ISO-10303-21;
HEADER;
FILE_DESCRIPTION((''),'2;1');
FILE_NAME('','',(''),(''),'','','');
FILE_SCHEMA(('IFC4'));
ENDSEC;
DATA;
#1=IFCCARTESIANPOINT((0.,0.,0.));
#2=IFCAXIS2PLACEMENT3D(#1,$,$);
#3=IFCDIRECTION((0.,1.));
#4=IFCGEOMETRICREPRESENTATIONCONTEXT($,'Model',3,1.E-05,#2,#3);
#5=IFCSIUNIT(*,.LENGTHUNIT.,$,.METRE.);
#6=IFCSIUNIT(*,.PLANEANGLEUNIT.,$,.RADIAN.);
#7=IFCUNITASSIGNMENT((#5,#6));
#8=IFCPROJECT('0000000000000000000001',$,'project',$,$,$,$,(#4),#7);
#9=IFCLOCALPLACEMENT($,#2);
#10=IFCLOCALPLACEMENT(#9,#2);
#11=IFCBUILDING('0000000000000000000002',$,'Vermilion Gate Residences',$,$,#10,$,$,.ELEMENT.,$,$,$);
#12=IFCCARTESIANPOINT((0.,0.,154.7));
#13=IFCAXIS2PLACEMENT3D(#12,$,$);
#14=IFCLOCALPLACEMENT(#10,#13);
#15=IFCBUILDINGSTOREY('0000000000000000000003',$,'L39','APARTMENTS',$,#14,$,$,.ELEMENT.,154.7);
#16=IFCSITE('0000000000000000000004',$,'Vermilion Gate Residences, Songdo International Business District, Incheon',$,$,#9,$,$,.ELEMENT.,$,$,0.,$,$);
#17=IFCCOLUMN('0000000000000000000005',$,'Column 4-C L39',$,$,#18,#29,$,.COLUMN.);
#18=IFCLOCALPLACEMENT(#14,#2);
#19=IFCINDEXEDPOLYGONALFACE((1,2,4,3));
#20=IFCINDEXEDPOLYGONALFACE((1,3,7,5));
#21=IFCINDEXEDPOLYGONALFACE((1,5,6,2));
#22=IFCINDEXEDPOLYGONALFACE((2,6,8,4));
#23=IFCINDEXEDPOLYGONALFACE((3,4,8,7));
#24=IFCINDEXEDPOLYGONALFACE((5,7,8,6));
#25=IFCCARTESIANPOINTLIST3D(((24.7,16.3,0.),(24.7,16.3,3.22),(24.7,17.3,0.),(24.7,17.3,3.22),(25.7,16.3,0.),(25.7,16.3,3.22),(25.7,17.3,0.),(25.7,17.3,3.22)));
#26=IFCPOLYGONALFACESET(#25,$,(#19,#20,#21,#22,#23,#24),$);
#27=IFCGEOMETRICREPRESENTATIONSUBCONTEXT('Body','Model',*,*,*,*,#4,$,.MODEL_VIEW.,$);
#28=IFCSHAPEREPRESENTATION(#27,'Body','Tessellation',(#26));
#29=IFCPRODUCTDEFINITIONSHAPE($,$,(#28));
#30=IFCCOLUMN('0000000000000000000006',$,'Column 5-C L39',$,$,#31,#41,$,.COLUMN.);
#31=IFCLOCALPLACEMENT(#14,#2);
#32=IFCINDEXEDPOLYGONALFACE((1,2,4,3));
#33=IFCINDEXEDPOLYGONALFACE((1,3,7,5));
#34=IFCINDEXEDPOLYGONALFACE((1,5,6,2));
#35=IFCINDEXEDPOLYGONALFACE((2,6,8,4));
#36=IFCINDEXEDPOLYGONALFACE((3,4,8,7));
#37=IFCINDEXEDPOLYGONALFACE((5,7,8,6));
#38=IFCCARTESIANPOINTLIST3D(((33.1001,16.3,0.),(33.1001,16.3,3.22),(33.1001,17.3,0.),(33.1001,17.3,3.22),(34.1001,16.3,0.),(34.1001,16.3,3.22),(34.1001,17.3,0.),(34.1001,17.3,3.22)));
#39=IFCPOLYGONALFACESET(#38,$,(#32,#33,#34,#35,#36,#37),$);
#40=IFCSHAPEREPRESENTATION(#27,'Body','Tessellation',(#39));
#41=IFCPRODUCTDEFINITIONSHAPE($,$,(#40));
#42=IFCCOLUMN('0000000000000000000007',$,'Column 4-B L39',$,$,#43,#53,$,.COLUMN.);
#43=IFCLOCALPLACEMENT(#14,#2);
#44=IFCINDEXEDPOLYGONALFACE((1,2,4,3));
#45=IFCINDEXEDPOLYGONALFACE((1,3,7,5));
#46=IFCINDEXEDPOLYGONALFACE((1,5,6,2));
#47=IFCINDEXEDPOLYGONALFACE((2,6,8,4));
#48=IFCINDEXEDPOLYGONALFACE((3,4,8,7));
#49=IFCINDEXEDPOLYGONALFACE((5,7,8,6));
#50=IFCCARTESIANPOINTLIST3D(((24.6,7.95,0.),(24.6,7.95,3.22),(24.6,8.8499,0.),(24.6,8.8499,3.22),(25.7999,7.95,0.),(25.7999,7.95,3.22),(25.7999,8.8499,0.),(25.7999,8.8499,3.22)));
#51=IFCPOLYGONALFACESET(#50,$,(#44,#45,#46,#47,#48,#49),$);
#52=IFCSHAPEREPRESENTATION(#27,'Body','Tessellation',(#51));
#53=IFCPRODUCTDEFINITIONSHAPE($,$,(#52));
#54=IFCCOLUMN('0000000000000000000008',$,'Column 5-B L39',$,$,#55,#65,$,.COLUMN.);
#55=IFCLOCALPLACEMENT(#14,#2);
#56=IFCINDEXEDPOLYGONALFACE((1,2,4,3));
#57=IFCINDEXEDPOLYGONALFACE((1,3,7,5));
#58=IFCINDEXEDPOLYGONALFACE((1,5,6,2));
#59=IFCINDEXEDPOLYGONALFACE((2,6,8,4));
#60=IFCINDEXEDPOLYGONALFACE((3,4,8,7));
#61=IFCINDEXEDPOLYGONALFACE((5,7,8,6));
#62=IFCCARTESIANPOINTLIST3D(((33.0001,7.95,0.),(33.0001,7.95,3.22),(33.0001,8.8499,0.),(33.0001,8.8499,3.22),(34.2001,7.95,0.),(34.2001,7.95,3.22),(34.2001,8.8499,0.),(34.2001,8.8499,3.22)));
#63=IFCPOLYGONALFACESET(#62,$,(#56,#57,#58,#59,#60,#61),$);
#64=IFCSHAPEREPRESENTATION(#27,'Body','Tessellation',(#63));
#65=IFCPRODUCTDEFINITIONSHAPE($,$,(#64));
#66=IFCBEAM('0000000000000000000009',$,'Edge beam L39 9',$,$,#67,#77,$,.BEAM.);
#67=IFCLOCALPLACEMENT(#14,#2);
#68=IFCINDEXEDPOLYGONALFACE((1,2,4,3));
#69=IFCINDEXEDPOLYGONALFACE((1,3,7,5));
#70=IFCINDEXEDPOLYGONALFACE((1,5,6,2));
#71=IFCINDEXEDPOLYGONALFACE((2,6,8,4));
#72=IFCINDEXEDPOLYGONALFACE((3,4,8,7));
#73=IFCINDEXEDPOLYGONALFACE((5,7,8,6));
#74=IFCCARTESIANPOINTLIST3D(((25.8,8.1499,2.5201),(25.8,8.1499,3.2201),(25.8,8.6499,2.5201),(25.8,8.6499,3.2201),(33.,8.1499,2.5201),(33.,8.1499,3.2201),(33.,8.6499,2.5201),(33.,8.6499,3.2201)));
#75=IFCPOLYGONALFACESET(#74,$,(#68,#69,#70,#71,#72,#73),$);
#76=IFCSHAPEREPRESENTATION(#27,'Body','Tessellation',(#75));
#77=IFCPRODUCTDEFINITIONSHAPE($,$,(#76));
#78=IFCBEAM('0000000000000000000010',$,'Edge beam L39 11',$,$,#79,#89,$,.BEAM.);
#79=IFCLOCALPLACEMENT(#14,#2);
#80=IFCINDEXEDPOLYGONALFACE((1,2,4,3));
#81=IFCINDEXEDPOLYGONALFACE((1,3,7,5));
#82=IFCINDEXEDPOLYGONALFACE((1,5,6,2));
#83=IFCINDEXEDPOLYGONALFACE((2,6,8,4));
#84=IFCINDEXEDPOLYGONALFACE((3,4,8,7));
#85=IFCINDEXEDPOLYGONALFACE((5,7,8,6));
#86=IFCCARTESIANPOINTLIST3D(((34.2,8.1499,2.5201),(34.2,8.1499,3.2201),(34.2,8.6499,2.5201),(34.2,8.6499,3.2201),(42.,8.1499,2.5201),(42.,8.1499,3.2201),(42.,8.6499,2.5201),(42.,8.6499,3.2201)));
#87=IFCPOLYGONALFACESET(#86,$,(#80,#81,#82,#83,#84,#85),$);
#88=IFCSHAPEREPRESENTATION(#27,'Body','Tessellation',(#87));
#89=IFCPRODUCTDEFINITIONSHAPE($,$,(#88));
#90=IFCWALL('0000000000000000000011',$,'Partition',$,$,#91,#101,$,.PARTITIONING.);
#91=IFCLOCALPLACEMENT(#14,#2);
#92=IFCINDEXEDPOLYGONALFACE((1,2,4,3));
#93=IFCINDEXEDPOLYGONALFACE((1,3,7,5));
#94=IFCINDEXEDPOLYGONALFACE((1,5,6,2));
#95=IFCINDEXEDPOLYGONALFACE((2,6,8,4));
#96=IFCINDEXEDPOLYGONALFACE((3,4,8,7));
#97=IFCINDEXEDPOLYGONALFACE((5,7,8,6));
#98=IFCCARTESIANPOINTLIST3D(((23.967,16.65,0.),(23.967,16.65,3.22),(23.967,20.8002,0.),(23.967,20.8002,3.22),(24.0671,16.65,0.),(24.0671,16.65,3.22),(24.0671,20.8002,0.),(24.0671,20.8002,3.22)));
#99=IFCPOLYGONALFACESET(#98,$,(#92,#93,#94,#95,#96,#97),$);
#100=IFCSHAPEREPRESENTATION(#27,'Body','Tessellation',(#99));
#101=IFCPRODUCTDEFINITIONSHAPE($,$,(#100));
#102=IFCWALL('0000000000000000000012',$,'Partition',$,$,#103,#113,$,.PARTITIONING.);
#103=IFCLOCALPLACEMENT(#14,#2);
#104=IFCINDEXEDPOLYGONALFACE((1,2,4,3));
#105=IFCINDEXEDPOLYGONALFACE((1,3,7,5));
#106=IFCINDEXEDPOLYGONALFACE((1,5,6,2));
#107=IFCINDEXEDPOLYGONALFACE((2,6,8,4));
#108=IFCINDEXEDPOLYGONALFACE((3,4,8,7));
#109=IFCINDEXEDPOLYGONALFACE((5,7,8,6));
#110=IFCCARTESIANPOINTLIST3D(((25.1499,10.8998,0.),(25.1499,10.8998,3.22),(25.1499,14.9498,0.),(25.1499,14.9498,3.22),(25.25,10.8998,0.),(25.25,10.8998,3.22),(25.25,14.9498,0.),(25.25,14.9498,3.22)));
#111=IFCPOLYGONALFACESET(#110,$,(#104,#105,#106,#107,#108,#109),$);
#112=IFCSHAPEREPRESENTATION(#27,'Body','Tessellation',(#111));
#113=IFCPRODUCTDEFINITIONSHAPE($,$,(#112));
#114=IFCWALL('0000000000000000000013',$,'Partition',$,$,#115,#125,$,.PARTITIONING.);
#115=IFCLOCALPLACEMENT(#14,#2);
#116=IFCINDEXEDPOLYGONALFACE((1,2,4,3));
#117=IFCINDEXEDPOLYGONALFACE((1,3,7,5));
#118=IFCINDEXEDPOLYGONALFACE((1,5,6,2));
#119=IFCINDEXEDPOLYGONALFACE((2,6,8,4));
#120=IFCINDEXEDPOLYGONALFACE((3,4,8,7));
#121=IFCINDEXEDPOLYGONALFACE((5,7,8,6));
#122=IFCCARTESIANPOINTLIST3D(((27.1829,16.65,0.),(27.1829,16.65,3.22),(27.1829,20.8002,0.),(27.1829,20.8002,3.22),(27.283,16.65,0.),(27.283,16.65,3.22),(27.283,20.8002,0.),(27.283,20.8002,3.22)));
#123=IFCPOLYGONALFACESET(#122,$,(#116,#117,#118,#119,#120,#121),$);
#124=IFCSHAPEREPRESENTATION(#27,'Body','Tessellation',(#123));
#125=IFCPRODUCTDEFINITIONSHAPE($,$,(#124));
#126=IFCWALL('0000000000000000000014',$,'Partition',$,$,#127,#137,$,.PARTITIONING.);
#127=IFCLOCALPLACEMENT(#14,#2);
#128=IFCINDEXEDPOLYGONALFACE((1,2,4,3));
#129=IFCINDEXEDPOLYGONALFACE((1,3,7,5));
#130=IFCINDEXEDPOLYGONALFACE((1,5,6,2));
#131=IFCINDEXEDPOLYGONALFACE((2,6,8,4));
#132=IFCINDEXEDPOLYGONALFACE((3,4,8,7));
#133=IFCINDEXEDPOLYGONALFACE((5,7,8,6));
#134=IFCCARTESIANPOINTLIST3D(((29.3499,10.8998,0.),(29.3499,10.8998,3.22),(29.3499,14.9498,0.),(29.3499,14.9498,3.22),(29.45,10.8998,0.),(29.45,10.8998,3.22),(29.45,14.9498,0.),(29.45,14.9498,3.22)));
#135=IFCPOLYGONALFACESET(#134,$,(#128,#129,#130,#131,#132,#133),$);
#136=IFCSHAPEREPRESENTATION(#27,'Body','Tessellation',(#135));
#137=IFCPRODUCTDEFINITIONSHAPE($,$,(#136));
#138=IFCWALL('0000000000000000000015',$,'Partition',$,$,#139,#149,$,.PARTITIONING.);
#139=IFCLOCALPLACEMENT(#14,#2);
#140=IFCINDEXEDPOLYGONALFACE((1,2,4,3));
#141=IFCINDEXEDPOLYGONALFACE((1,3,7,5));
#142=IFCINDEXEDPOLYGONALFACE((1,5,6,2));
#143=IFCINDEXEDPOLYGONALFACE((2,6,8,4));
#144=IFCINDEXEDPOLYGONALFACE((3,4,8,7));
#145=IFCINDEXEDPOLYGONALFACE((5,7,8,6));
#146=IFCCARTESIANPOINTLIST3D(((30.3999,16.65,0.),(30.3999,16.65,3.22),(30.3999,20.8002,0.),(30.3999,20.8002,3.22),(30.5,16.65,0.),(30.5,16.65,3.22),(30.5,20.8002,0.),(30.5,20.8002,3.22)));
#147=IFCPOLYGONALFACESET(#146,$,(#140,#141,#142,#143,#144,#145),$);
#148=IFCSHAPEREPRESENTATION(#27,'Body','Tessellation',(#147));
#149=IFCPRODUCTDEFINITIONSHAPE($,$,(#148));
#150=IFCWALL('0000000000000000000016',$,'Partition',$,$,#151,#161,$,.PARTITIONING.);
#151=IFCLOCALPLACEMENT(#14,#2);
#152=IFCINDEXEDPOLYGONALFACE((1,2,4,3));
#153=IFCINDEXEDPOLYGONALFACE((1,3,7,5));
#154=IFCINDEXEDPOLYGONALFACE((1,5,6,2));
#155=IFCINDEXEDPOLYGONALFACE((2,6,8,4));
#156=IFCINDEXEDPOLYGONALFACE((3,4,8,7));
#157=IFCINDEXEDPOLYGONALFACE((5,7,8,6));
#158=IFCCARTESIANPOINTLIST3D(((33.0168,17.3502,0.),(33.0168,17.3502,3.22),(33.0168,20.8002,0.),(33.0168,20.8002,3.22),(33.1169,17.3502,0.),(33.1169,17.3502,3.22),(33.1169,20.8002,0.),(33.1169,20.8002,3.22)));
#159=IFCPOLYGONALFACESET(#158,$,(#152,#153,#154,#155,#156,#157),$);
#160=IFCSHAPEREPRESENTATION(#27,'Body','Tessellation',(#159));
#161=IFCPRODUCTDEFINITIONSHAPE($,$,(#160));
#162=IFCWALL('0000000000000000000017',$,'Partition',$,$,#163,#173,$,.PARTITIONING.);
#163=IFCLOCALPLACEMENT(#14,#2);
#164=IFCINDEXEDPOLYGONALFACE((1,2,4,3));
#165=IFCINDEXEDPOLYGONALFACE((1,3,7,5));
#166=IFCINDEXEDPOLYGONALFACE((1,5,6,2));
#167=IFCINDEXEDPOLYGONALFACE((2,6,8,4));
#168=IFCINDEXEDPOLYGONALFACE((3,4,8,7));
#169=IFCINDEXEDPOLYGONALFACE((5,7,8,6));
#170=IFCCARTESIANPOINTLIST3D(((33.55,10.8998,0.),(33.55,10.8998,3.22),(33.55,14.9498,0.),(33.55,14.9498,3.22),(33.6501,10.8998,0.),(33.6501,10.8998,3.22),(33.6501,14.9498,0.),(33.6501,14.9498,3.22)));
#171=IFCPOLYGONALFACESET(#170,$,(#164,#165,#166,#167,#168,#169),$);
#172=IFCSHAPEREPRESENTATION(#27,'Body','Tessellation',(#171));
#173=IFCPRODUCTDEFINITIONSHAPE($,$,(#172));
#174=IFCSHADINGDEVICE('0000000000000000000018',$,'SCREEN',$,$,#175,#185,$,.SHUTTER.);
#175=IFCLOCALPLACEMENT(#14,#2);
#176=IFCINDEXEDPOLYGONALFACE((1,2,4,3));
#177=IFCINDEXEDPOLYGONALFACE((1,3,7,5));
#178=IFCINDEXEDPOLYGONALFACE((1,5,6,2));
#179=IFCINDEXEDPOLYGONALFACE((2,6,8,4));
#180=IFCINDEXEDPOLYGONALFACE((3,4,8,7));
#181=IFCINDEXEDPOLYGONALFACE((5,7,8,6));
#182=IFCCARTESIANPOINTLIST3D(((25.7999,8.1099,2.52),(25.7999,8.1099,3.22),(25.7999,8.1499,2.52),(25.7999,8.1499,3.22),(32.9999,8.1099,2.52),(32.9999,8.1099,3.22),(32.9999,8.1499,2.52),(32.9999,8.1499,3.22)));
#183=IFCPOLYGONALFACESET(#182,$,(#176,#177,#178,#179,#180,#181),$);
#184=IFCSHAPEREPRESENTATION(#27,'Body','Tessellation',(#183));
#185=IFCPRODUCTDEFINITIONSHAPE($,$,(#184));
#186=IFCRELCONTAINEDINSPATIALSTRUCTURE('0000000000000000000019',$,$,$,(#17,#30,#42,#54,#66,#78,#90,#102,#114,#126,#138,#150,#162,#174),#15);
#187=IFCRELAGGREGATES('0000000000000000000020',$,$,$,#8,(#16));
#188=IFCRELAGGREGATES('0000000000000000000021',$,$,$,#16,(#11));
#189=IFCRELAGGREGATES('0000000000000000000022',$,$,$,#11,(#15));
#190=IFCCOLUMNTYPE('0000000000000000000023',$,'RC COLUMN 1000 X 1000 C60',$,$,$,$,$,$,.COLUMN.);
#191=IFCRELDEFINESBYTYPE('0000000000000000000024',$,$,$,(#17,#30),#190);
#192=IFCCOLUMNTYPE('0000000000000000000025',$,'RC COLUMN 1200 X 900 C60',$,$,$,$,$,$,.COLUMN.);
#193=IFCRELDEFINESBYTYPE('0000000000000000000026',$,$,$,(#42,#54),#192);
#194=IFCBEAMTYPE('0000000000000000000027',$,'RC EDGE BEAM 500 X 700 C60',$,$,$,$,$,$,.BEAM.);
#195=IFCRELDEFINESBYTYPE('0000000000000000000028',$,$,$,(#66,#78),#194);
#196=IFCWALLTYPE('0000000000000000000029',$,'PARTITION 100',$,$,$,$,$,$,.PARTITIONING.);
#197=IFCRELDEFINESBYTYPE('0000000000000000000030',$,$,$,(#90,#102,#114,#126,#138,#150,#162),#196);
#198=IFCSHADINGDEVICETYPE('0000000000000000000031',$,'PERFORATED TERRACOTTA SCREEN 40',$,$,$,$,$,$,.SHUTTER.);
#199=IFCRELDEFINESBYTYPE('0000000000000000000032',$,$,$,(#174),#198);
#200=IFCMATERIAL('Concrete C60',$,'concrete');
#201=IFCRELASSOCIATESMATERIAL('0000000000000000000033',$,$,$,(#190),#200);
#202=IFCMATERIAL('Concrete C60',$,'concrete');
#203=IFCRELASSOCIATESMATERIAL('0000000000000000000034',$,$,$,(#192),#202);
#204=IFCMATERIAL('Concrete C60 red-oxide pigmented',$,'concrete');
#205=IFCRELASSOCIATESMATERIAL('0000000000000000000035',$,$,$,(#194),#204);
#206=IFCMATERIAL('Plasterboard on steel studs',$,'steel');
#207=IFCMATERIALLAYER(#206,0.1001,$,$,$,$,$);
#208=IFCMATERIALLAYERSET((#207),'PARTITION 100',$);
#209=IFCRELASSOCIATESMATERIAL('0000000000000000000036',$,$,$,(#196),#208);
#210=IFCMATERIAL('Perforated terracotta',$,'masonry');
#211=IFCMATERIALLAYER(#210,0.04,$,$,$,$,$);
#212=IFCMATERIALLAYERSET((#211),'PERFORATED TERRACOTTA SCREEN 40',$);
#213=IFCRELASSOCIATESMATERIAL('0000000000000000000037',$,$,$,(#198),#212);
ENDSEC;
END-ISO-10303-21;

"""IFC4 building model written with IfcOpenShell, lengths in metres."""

from ifc_helpers import new_model, si_unit, direction, frame, frame_2d, origin, origin_2d, place, context, subcontext, project, spatial, rectangle, extrude, material, layer, layer_set, material_profile, profile_set, type_object, element, save


model = new_model("IFC4")

# Units and contexts
model_context = context("Model", 3, precision=1e-05, world=origin(), true_north=direction((0.0, 1.0)))
body_context = subcontext(model_context, "Body", "Model", "MODEL_VIEW")
ifc_project = project(units=[si_unit("LENGTHUNIT", "METRE"), si_unit("PLANEANGLEUNIT", "RADIAN")], contexts=[model_context])

# Site, building, storey
site_placement = place(None, origin())
site = spatial("IfcSite", under=ifc_project, at=site_placement, Name="Vermilion Gate Residences, Songdo International Business District, Incheon", CompositionType="ELEMENT", RefElevation=0.0)
building_placement = place(site_placement, origin())
building = spatial("IfcBuilding", under=site, at=building_placement, Name="Vermilion Gate Residences", CompositionType="ELEMENT")
storey_placement = place(building_placement, frame((0.0, 0.0, 154.7)))
storey = spatial("IfcBuildingStorey", under=building, at=storey_placement, Name="L39", Description="APARTMENTS", CompositionType="ELEMENT", Elevation=154.7)

# Columns
ifc_material_1 = material(Name="Concrete C60", Category="concrete")
ifc_material_profile_1 = material_profile(ifc_material_1, rectangle(XDim=1.0, YDim=1.0, at=origin_2d()), Name="RC-1000x1000")
ifc_profile_set_1 = profile_set([ifc_material_profile_1], Name="Concrete C60")
column_type_1 = type_object("IfcColumnType", Name="RC COLUMN 1000 X 1000 C60", PredefinedType="COLUMN", material=ifc_profile_set_1)
for number, where, z_axis, x_axis, name in (
    (1, (25.2, 16.8, 0.0), (0.0, 0.0, 1.0), (1.0, 0.0, 0.0), "Column 4-C L39"),
    (2, (33.6001, 16.8, 0.0), (0.0, 0.0, 1.0), (1.0, 0.0, 0.0), "Column 5-C L39"),
):
    element("IfcColumn", number, at=place(storey_placement, frame(where, z_axis=z_axis, x_axis=x_axis)), inside=storey, type_object=column_type_1, Name=name, PredefinedType="COLUMN", context=body_context, shape_type="SweptSolid", body=[
        extrude(rectangle(XDim=1.0, YDim=1.0, at=origin_2d()), origin(), (0.0, 0.0, 1.0), 3.22),
    ])
ifc_material_2 = material(Name="Concrete C60", Category="concrete")
ifc_material_profile_2 = material_profile(ifc_material_2, rectangle(XDim=1.2, YDim=0.8999, at=origin_2d()), Name="RC-1200x900")
ifc_profile_set_2 = profile_set([ifc_material_profile_2], Name="Concrete C60")
column_type_2 = type_object("IfcColumnType", Name="RC COLUMN 1200 X 900 C60", PredefinedType="COLUMN", material=ifc_profile_set_2)
for number, where, z_axis, x_axis, name in (
    (3, (25.2, 8.3999, 0.0), (0.0, 0.0, 1.0), (1.0, 0.0, 0.0), "Column 4-B L39"),
    (4, (33.6001, 8.3999, 0.0), (0.0, 0.0, 1.0), (1.0, 0.0, 0.0), "Column 5-B L39"),
):
    element("IfcColumn", number, at=place(storey_placement, frame(where, z_axis=z_axis, x_axis=x_axis)), inside=storey, type_object=column_type_2, Name=name, PredefinedType="COLUMN", context=body_context, shape_type="SweptSolid", body=[
        extrude(rectangle(XDim=1.2, YDim=0.8999, at=origin_2d()), origin(), (0.0, 0.0, 1.0), 3.22),
    ])

# Beams
ifc_material_3 = material(Name="Concrete C60 red-oxide pigmented", Category="concrete")
ifc_material_profile_3 = material_profile(ifc_material_3, rectangle(XDim=0.5, YDim=0.7, at=origin_2d()), Name="RC-500x700")
ifc_profile_set_3 = profile_set([ifc_material_profile_3], Name="Concrete C60 red-oxide pigmented")
beam_type = type_object("IfcBeamType", Name="RC EDGE BEAM 500 X 700 C60", PredefinedType="BEAM", material=ifc_profile_set_3)
beam_1_placement = place(storey_placement, frame((25.8, 8.3999, 2.8701), z_axis=(1.0, 0.0, 0.0), x_axis=(0.0, 1.0, 0.0)))
element("IfcBeam", 5, at=beam_1_placement, inside=storey, type_object=beam_type, Name="Edge beam L39 9", PredefinedType="BEAM", context=body_context, shape_type="SweptSolid", body=[
    extrude(rectangle(XDim=0.5, YDim=0.7, at=origin_2d()), origin(), (0.0, 0.0, 1.0), 7.2),
])
beam_2_placement = place(storey_placement, frame((34.2, 8.3999, 2.8701), z_axis=(1.0, 0.0, 0.0), x_axis=(0.0, 1.0, 0.0)))
element("IfcBeam", 6, at=beam_2_placement, inside=storey, type_object=beam_type, Name="Edge beam L39 11", PredefinedType="BEAM", context=body_context, shape_type="SweptSolid", body=[
    extrude(rectangle(XDim=0.5, YDim=0.7, at=origin_2d()), origin(), (0.0, 0.0, 1.0), 7.8),
])

# Walls
ifc_material_4 = material(Name="Plasterboard on steel studs", Category="steel")
ifc_layer_1 = layer(ifc_material_4, 0.1001)
ifc_layer_set_1 = layer_set([ifc_layer_1], Name="PARTITION 100")
wall_type = type_object("IfcWallType", Name="PARTITION 100", PredefinedType="PARTITIONING", material=ifc_layer_set_1)
wall_1_placement = place(storey_placement, frame((24.0171, 16.6499, 0.0), z_axis=(0.0, 0.0, 1.0), x_axis=(0.0, 1.0, 0.0)))
element("IfcWall", 7, at=wall_1_placement, inside=storey, type_object=wall_type, Name="Partition", PredefinedType="PARTITIONING", context=body_context, shape_type="SweptSolid", body=[
    extrude(rectangle(XDim=4.1501, YDim=0.1001, at=frame_2d((2.0752, 0.0))), origin(), (0.0, 0.0, 1.0), 3.22),
])
wall_2_placement = place(storey_placement, frame((25.2, 10.8999, 0.0), z_axis=(0.0, 0.0, 1.0), x_axis=(0.0, 1.0, 0.0)))
element("IfcWall", 8, at=wall_2_placement, inside=storey, type_object=wall_type, Name="Partition", PredefinedType="PARTITIONING", context=body_context, shape_type="SweptSolid", body=[
    extrude(rectangle(XDim=4.05, YDim=0.1001, at=frame_2d((2.0249, 0.0))), origin(), (0.0, 0.0, 1.0), 3.22),
])
wall_3_placement = place(storey_placement, frame((27.2329, 16.6499, 0.0), z_axis=(0.0, 0.0, 1.0), x_axis=(0.0, 1.0, 0.0)))
element("IfcWall", 9, at=wall_3_placement, inside=storey, type_object=wall_type, Name="Partition", PredefinedType="PARTITIONING", context=body_context, shape_type="SweptSolid", body=[
    extrude(rectangle(XDim=4.1501, YDim=0.1001, at=frame_2d((2.0752, 0.0))), origin(), (0.0, 0.0, 1.0), 3.22),
])
wall_4_placement = place(storey_placement, frame((29.3999, 10.8999, 0.0), z_axis=(0.0, 0.0, 1.0), x_axis=(0.0, 1.0, 0.0)))
element("IfcWall", 10, at=wall_4_placement, inside=storey, type_object=wall_type, Name="Partition", PredefinedType="PARTITIONING", context=body_context, shape_type="SweptSolid", body=[
    extrude(rectangle(XDim=4.05, YDim=0.1001, at=frame_2d((2.0249, 0.0))), origin(), (0.0, 0.0, 1.0), 3.22),
])
wall_5_placement = place(storey_placement, frame((30.45, 16.6499, 0.0), z_axis=(0.0, 0.0, 1.0), x_axis=(0.0, 1.0, 0.0)))
element("IfcWall", 11, at=wall_5_placement, inside=storey, type_object=wall_type, Name="Partition", PredefinedType="PARTITIONING", context=body_context, shape_type="SweptSolid", body=[
    extrude(rectangle(XDim=4.1501, YDim=0.1001, at=frame_2d((2.0752, 0.0))), origin(), (0.0, 0.0, 1.0), 3.22),
])
wall_6_placement = place(storey_placement, frame((33.0669, 17.3501, 0.0), z_axis=(0.0, 0.0, 1.0), x_axis=(0.0, 1.0, 0.0)))
element("IfcWall", 12, at=wall_6_placement, inside=storey, type_object=wall_type, Name="Partition", PredefinedType="PARTITIONING", context=body_context, shape_type="SweptSolid", body=[
    extrude(rectangle(XDim=3.45, YDim=0.1001, at=frame_2d((1.7251, 0.0))), origin(), (0.0, 0.0, 1.0), 3.22),
])
wall_7_placement = place(storey_placement, frame((33.6001, 10.8999, 0.0), z_axis=(0.0, 0.0, 1.0), x_axis=(0.0, 1.0, 0.0)))
element("IfcWall", 13, at=wall_7_placement, inside=storey, type_object=wall_type, Name="Partition", PredefinedType="PARTITIONING", context=body_context, shape_type="SweptSolid", body=[
    extrude(rectangle(XDim=4.05, YDim=0.1001, at=frame_2d((2.0249, 0.0))), origin(), (0.0, 0.0, 1.0), 3.22),
])

# Shading device
ifc_material_5 = material(Name="Perforated terracotta", Category="masonry")
ifc_layer_2 = layer(ifc_material_5, 0.04)
ifc_layer_set_2 = layer_set([ifc_layer_2], Name="PERFORATED TERRACOTTA SCREEN 40")
shading_device_type_1 = type_object("IfcShadingDeviceType", Name="PERFORATED TERRACOTTA SCREEN 40", PredefinedType="SHUTTER", material=ifc_layer_set_2)
shading_device_1_placement = place(storey_placement, frame((29.3999, 8.1299, 2.52), z_axis=(0.0, 0.0, 1.0), x_axis=(1.0, 0.0, 0.0)))
element("IfcShadingDevice", 14, at=shading_device_1_placement, inside=storey, type_object=shading_device_type_1, Name="SCREEN", PredefinedType="SHUTTER", context=body_context, shape_type="SweptSolid", body=[
    extrude(rectangle(XDim=7.2, YDim=0.04, at=origin_2d()), origin(), (0.0, 0.0, 1.0), 0.7),
])

save(model, "model.ifc")
